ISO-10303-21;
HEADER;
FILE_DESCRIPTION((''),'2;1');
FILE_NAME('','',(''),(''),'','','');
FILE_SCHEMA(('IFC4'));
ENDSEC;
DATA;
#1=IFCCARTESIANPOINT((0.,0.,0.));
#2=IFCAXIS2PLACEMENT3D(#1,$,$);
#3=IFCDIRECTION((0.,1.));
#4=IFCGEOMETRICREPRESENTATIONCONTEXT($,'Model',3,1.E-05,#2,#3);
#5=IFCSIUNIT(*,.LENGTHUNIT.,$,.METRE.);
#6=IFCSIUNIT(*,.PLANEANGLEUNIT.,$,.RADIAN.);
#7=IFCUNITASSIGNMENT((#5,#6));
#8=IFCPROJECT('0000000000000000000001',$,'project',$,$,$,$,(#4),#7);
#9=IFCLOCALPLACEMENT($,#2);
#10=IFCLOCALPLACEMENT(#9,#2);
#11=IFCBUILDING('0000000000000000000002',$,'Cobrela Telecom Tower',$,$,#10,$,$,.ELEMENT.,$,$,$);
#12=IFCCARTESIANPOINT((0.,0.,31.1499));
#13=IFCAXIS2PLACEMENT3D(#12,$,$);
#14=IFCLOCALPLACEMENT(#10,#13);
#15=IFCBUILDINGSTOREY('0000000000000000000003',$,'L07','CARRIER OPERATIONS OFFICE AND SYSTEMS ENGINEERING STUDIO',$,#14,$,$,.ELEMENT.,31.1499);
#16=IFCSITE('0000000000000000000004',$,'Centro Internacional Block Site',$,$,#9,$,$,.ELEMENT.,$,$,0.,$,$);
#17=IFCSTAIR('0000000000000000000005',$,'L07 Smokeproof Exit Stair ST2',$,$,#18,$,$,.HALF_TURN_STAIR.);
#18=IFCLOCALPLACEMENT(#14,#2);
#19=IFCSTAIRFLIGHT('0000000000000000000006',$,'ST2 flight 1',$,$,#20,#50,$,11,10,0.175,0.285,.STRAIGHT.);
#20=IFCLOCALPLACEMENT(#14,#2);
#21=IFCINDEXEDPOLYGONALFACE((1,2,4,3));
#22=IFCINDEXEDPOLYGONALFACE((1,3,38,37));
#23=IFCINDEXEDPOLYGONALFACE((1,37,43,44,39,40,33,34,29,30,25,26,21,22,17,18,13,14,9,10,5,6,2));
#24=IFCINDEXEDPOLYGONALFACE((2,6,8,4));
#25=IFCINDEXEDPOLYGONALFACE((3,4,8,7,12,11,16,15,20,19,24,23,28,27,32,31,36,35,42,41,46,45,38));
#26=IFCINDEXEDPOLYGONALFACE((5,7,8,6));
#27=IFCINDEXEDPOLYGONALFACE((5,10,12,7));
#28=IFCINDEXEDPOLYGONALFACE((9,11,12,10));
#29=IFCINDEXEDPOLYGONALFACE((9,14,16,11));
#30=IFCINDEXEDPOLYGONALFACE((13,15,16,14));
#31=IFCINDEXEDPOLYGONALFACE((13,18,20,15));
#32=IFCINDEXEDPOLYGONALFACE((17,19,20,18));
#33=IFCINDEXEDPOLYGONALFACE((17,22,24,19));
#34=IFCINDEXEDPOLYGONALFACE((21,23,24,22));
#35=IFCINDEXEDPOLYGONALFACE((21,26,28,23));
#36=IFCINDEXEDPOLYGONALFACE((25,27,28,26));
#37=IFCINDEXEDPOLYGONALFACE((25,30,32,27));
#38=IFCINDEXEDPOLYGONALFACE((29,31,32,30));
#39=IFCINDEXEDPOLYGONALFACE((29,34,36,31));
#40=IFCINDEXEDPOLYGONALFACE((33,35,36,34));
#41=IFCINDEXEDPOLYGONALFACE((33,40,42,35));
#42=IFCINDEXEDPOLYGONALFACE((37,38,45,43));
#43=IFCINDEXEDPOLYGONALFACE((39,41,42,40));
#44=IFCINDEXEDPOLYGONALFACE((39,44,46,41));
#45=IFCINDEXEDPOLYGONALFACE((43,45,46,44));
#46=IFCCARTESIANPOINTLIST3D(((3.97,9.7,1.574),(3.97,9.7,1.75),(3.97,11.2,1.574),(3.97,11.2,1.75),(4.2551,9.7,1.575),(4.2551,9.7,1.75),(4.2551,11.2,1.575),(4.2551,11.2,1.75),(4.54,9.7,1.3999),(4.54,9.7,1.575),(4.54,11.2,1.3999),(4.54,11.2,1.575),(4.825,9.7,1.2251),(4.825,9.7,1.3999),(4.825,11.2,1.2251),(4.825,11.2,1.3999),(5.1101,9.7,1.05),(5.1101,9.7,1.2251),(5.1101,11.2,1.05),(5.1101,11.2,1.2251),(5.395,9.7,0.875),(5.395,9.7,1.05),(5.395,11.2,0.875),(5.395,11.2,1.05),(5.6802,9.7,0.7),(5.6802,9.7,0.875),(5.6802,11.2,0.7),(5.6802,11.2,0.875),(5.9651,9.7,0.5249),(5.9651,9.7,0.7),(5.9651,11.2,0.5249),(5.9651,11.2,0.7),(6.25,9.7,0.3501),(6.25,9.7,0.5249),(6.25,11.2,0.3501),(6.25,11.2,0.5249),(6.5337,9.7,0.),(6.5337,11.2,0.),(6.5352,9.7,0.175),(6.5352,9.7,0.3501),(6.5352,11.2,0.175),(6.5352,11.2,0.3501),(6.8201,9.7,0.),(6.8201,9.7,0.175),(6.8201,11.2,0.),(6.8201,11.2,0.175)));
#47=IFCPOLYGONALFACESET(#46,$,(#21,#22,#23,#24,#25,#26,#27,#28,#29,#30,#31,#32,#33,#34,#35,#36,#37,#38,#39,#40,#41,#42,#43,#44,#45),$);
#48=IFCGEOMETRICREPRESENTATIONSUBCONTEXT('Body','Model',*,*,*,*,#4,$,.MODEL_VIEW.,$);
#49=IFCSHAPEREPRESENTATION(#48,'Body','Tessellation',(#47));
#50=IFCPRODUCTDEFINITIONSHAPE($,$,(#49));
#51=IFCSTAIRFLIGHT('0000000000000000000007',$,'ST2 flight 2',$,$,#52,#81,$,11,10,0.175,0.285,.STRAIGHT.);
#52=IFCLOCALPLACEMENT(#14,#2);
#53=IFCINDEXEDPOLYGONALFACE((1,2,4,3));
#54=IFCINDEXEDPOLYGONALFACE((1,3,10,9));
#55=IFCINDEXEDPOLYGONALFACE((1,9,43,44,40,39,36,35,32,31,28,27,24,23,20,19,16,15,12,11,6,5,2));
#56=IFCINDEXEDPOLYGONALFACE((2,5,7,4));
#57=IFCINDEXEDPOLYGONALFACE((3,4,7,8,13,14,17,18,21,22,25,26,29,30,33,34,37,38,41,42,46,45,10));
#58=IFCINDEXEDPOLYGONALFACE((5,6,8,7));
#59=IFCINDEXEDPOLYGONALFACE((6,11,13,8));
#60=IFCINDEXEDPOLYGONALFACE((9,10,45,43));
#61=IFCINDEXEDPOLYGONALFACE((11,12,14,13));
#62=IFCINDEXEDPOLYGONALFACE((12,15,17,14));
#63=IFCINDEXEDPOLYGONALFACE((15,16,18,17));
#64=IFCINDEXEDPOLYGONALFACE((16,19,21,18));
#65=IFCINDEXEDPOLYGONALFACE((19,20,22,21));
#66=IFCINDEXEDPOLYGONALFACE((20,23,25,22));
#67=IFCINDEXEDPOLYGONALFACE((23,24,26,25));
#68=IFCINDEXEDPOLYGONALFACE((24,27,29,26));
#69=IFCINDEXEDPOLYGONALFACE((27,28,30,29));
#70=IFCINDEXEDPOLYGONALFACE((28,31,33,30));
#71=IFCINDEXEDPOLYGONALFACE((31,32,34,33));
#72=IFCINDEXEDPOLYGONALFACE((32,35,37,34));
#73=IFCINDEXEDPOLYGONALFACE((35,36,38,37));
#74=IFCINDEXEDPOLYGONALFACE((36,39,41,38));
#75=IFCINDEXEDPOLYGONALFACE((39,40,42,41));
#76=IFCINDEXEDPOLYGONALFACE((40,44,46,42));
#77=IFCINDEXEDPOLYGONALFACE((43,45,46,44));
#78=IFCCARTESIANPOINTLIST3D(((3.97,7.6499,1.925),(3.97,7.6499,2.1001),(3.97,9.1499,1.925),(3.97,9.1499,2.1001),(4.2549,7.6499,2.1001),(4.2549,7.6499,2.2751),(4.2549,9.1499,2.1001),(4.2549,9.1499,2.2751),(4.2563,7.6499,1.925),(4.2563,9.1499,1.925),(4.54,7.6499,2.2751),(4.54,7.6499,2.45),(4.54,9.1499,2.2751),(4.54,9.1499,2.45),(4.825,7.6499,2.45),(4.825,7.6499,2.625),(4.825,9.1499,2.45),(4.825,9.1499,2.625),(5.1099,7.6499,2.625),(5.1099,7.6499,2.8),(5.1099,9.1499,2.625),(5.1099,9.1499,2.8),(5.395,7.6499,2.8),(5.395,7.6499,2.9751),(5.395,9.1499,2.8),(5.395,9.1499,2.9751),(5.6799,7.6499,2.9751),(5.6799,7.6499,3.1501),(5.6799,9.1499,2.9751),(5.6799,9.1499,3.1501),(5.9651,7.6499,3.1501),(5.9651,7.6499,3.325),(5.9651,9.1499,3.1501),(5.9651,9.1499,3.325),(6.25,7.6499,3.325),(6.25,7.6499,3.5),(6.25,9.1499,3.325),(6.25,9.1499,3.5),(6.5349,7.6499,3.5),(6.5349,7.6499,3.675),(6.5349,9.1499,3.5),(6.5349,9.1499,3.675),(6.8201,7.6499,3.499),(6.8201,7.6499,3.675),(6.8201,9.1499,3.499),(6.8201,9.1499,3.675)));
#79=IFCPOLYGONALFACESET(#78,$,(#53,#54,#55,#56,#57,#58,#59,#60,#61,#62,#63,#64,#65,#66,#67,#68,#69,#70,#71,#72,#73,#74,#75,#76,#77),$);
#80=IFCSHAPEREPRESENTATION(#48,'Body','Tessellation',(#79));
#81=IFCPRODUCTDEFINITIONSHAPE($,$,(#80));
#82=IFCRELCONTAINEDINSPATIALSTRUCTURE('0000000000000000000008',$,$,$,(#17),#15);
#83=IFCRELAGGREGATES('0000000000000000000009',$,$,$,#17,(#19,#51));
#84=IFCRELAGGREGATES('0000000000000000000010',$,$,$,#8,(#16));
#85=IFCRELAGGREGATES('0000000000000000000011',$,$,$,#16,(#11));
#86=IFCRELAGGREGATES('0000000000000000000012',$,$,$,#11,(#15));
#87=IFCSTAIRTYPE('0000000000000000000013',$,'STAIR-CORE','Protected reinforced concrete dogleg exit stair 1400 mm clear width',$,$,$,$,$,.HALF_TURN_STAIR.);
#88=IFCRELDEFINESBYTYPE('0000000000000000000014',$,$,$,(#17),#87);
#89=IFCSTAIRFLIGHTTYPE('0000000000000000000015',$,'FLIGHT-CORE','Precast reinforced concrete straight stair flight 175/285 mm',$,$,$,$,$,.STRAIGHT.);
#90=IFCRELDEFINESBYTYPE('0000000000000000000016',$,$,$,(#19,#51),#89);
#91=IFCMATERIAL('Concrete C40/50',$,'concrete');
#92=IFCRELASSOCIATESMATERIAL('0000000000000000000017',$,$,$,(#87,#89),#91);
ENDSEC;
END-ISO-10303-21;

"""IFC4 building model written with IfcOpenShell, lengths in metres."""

from ifc_helpers import new_model, si_unit, direction, frame, origin, place, context, subcontext, project, spatial, polyline, outline, extrude, material, type_object, element, aggregate, save


model = new_model("IFC4")

# Units and contexts
model_context = context("Model", 3, precision=1e-05, world=origin(), true_north=direction((0.0, 1.0)))
body_context = subcontext(model_context, "Body", "Model", "MODEL_VIEW")
ifc_project = project(units=[si_unit("LENGTHUNIT", "METRE"), si_unit("PLANEANGLEUNIT", "RADIAN")], contexts=[model_context])

# Site, building, storey
site_placement = place(None, origin())
site = spatial("IfcSite", under=ifc_project, at=site_placement, Name="Centro Internacional Block Site", CompositionType="ELEMENT", RefElevation=0.0)
building_placement = place(site_placement, origin())
building = spatial("IfcBuilding", under=site, at=building_placement, Name="Cobrela Telecom Tower", CompositionType="ELEMENT")
storey_placement = place(building_placement, frame((0.0, 0.0, 31.1499)))
storey = spatial("IfcBuildingStorey", under=building, at=storey_placement, Name="L07", Description="CARRIER OPERATIONS OFFICE AND SYSTEMS ENGINEERING STUDIO", CompositionType="ELEMENT", Elevation=31.1499)

# Shared definitions
ifc_material_1 = material(Name="Concrete C40/50", Category="concrete")

# Stair, stair flights
stair_type = type_object("IfcStairType", Name="STAIR-CORE", Description="Protected reinforced concrete dogleg exit stair 1400 mm clear width", PredefinedType="HALF_TURN_STAIR", material=ifc_material_1)
stair_placement = place(storey_placement, origin())
stair = element("IfcStair", 1, at=stair_placement, inside=storey, type_object=stair_type, Name="L07 Smokeproof Exit Stair ST2", PredefinedType="HALF_TURN_STAIR")
stair_flight_type = type_object("IfcStairFlightType", Name="FLIGHT-CORE", Description="Precast reinforced concrete straight stair flight 175/285 mm", PredefinedType="STRAIGHT", material=ifc_material_1)
stair_flight_1_placement = place(storey_placement, frame((6.8201, 10.45, 0.0), z_axis=(0.0, 0.0, 1.0), x_axis=(-1.0, 0.0, 0.0)))
stair_flight_1 = element("IfcStairFlight", 2, at=stair_flight_1_placement, type_object=stair_flight_type, Name="ST2 flight 1", NumberOfRisers=11, NumberOfTreads=10, PredefinedType="STRAIGHT", RiserHeight=0.175, TreadLength=0.285, context=body_context, shape_type="SweptSolid", body=[
    extrude(outline(polyline([(0.0, 0.0), (0.0, 0.175), (0.2849, 0.175), (0.2849, 0.3501), (0.5701, 0.3501), (0.5701, 0.5249), (0.855, 0.5249), (0.855, 0.7), (1.1399, 0.7), (1.1399, 0.875), (1.425, 0.875), (1.425, 1.05), (1.71, 1.05), (1.71, 1.2251), (1.9951, 1.2251), (1.9951, 1.3999), (2.28, 1.3999), (2.28, 1.575), (2.5649, 1.575), (2.5649, 1.75), (2.8501, 1.75), (2.8501, 1.925), (2.8501, 1.574), (0.2864, 0.0), (0.0, 0.0)])), frame((0.0, 0.75, 0.0), z_axis=(0.0, -1.0, 0.0), x_axis=(1.0, 0.0, 0.0)), (0.0, 0.0, 1.0), 1.5),
])
stair_flight_2_placement = place(storey_placement, frame((3.97, 8.3999, 1.925), z_axis=(0.0, 0.0, 1.0), x_axis=(1.0, 0.0, 0.0)))
stair_flight_2 = element("IfcStairFlight", 3, at=stair_flight_2_placement, type_object=stair_flight_type, Name="ST2 flight 2", NumberOfRisers=11, NumberOfTreads=10, PredefinedType="STRAIGHT", RiserHeight=0.175, TreadLength=0.285, context=body_context, shape_type="SweptSolid", body=[
    extrude(outline(polyline([(0.0, 0.0), (0.0, 0.175), (0.2849, 0.175), (0.2849, 0.3501), (0.5701, 0.3501), (0.5701, 0.5249), (0.855, 0.5249), (0.855, 0.7), (1.1399, 0.7), (1.1399, 0.875), (1.425, 0.875), (1.425, 1.05), (1.71, 1.05), (1.71, 1.2251), (1.9951, 1.2251), (1.9951, 1.3999), (2.28, 1.3999), (2.28, 1.575), (2.5649, 1.575), (2.5649, 1.75), (2.8501, 1.75), (2.8501, 1.925), (2.8501, 1.574), (0.2864, 0.0), (0.0, 0.0)])), frame((0.0, 0.75, 0.0), z_axis=(0.0, -1.0, 0.0), x_axis=(1.0, 0.0, 0.0)), (0.0, 0.0, 1.0), 1.5),
])
aggregate(stair, [stair_flight_1, stair_flight_2])

save(model, "model.ifc")
